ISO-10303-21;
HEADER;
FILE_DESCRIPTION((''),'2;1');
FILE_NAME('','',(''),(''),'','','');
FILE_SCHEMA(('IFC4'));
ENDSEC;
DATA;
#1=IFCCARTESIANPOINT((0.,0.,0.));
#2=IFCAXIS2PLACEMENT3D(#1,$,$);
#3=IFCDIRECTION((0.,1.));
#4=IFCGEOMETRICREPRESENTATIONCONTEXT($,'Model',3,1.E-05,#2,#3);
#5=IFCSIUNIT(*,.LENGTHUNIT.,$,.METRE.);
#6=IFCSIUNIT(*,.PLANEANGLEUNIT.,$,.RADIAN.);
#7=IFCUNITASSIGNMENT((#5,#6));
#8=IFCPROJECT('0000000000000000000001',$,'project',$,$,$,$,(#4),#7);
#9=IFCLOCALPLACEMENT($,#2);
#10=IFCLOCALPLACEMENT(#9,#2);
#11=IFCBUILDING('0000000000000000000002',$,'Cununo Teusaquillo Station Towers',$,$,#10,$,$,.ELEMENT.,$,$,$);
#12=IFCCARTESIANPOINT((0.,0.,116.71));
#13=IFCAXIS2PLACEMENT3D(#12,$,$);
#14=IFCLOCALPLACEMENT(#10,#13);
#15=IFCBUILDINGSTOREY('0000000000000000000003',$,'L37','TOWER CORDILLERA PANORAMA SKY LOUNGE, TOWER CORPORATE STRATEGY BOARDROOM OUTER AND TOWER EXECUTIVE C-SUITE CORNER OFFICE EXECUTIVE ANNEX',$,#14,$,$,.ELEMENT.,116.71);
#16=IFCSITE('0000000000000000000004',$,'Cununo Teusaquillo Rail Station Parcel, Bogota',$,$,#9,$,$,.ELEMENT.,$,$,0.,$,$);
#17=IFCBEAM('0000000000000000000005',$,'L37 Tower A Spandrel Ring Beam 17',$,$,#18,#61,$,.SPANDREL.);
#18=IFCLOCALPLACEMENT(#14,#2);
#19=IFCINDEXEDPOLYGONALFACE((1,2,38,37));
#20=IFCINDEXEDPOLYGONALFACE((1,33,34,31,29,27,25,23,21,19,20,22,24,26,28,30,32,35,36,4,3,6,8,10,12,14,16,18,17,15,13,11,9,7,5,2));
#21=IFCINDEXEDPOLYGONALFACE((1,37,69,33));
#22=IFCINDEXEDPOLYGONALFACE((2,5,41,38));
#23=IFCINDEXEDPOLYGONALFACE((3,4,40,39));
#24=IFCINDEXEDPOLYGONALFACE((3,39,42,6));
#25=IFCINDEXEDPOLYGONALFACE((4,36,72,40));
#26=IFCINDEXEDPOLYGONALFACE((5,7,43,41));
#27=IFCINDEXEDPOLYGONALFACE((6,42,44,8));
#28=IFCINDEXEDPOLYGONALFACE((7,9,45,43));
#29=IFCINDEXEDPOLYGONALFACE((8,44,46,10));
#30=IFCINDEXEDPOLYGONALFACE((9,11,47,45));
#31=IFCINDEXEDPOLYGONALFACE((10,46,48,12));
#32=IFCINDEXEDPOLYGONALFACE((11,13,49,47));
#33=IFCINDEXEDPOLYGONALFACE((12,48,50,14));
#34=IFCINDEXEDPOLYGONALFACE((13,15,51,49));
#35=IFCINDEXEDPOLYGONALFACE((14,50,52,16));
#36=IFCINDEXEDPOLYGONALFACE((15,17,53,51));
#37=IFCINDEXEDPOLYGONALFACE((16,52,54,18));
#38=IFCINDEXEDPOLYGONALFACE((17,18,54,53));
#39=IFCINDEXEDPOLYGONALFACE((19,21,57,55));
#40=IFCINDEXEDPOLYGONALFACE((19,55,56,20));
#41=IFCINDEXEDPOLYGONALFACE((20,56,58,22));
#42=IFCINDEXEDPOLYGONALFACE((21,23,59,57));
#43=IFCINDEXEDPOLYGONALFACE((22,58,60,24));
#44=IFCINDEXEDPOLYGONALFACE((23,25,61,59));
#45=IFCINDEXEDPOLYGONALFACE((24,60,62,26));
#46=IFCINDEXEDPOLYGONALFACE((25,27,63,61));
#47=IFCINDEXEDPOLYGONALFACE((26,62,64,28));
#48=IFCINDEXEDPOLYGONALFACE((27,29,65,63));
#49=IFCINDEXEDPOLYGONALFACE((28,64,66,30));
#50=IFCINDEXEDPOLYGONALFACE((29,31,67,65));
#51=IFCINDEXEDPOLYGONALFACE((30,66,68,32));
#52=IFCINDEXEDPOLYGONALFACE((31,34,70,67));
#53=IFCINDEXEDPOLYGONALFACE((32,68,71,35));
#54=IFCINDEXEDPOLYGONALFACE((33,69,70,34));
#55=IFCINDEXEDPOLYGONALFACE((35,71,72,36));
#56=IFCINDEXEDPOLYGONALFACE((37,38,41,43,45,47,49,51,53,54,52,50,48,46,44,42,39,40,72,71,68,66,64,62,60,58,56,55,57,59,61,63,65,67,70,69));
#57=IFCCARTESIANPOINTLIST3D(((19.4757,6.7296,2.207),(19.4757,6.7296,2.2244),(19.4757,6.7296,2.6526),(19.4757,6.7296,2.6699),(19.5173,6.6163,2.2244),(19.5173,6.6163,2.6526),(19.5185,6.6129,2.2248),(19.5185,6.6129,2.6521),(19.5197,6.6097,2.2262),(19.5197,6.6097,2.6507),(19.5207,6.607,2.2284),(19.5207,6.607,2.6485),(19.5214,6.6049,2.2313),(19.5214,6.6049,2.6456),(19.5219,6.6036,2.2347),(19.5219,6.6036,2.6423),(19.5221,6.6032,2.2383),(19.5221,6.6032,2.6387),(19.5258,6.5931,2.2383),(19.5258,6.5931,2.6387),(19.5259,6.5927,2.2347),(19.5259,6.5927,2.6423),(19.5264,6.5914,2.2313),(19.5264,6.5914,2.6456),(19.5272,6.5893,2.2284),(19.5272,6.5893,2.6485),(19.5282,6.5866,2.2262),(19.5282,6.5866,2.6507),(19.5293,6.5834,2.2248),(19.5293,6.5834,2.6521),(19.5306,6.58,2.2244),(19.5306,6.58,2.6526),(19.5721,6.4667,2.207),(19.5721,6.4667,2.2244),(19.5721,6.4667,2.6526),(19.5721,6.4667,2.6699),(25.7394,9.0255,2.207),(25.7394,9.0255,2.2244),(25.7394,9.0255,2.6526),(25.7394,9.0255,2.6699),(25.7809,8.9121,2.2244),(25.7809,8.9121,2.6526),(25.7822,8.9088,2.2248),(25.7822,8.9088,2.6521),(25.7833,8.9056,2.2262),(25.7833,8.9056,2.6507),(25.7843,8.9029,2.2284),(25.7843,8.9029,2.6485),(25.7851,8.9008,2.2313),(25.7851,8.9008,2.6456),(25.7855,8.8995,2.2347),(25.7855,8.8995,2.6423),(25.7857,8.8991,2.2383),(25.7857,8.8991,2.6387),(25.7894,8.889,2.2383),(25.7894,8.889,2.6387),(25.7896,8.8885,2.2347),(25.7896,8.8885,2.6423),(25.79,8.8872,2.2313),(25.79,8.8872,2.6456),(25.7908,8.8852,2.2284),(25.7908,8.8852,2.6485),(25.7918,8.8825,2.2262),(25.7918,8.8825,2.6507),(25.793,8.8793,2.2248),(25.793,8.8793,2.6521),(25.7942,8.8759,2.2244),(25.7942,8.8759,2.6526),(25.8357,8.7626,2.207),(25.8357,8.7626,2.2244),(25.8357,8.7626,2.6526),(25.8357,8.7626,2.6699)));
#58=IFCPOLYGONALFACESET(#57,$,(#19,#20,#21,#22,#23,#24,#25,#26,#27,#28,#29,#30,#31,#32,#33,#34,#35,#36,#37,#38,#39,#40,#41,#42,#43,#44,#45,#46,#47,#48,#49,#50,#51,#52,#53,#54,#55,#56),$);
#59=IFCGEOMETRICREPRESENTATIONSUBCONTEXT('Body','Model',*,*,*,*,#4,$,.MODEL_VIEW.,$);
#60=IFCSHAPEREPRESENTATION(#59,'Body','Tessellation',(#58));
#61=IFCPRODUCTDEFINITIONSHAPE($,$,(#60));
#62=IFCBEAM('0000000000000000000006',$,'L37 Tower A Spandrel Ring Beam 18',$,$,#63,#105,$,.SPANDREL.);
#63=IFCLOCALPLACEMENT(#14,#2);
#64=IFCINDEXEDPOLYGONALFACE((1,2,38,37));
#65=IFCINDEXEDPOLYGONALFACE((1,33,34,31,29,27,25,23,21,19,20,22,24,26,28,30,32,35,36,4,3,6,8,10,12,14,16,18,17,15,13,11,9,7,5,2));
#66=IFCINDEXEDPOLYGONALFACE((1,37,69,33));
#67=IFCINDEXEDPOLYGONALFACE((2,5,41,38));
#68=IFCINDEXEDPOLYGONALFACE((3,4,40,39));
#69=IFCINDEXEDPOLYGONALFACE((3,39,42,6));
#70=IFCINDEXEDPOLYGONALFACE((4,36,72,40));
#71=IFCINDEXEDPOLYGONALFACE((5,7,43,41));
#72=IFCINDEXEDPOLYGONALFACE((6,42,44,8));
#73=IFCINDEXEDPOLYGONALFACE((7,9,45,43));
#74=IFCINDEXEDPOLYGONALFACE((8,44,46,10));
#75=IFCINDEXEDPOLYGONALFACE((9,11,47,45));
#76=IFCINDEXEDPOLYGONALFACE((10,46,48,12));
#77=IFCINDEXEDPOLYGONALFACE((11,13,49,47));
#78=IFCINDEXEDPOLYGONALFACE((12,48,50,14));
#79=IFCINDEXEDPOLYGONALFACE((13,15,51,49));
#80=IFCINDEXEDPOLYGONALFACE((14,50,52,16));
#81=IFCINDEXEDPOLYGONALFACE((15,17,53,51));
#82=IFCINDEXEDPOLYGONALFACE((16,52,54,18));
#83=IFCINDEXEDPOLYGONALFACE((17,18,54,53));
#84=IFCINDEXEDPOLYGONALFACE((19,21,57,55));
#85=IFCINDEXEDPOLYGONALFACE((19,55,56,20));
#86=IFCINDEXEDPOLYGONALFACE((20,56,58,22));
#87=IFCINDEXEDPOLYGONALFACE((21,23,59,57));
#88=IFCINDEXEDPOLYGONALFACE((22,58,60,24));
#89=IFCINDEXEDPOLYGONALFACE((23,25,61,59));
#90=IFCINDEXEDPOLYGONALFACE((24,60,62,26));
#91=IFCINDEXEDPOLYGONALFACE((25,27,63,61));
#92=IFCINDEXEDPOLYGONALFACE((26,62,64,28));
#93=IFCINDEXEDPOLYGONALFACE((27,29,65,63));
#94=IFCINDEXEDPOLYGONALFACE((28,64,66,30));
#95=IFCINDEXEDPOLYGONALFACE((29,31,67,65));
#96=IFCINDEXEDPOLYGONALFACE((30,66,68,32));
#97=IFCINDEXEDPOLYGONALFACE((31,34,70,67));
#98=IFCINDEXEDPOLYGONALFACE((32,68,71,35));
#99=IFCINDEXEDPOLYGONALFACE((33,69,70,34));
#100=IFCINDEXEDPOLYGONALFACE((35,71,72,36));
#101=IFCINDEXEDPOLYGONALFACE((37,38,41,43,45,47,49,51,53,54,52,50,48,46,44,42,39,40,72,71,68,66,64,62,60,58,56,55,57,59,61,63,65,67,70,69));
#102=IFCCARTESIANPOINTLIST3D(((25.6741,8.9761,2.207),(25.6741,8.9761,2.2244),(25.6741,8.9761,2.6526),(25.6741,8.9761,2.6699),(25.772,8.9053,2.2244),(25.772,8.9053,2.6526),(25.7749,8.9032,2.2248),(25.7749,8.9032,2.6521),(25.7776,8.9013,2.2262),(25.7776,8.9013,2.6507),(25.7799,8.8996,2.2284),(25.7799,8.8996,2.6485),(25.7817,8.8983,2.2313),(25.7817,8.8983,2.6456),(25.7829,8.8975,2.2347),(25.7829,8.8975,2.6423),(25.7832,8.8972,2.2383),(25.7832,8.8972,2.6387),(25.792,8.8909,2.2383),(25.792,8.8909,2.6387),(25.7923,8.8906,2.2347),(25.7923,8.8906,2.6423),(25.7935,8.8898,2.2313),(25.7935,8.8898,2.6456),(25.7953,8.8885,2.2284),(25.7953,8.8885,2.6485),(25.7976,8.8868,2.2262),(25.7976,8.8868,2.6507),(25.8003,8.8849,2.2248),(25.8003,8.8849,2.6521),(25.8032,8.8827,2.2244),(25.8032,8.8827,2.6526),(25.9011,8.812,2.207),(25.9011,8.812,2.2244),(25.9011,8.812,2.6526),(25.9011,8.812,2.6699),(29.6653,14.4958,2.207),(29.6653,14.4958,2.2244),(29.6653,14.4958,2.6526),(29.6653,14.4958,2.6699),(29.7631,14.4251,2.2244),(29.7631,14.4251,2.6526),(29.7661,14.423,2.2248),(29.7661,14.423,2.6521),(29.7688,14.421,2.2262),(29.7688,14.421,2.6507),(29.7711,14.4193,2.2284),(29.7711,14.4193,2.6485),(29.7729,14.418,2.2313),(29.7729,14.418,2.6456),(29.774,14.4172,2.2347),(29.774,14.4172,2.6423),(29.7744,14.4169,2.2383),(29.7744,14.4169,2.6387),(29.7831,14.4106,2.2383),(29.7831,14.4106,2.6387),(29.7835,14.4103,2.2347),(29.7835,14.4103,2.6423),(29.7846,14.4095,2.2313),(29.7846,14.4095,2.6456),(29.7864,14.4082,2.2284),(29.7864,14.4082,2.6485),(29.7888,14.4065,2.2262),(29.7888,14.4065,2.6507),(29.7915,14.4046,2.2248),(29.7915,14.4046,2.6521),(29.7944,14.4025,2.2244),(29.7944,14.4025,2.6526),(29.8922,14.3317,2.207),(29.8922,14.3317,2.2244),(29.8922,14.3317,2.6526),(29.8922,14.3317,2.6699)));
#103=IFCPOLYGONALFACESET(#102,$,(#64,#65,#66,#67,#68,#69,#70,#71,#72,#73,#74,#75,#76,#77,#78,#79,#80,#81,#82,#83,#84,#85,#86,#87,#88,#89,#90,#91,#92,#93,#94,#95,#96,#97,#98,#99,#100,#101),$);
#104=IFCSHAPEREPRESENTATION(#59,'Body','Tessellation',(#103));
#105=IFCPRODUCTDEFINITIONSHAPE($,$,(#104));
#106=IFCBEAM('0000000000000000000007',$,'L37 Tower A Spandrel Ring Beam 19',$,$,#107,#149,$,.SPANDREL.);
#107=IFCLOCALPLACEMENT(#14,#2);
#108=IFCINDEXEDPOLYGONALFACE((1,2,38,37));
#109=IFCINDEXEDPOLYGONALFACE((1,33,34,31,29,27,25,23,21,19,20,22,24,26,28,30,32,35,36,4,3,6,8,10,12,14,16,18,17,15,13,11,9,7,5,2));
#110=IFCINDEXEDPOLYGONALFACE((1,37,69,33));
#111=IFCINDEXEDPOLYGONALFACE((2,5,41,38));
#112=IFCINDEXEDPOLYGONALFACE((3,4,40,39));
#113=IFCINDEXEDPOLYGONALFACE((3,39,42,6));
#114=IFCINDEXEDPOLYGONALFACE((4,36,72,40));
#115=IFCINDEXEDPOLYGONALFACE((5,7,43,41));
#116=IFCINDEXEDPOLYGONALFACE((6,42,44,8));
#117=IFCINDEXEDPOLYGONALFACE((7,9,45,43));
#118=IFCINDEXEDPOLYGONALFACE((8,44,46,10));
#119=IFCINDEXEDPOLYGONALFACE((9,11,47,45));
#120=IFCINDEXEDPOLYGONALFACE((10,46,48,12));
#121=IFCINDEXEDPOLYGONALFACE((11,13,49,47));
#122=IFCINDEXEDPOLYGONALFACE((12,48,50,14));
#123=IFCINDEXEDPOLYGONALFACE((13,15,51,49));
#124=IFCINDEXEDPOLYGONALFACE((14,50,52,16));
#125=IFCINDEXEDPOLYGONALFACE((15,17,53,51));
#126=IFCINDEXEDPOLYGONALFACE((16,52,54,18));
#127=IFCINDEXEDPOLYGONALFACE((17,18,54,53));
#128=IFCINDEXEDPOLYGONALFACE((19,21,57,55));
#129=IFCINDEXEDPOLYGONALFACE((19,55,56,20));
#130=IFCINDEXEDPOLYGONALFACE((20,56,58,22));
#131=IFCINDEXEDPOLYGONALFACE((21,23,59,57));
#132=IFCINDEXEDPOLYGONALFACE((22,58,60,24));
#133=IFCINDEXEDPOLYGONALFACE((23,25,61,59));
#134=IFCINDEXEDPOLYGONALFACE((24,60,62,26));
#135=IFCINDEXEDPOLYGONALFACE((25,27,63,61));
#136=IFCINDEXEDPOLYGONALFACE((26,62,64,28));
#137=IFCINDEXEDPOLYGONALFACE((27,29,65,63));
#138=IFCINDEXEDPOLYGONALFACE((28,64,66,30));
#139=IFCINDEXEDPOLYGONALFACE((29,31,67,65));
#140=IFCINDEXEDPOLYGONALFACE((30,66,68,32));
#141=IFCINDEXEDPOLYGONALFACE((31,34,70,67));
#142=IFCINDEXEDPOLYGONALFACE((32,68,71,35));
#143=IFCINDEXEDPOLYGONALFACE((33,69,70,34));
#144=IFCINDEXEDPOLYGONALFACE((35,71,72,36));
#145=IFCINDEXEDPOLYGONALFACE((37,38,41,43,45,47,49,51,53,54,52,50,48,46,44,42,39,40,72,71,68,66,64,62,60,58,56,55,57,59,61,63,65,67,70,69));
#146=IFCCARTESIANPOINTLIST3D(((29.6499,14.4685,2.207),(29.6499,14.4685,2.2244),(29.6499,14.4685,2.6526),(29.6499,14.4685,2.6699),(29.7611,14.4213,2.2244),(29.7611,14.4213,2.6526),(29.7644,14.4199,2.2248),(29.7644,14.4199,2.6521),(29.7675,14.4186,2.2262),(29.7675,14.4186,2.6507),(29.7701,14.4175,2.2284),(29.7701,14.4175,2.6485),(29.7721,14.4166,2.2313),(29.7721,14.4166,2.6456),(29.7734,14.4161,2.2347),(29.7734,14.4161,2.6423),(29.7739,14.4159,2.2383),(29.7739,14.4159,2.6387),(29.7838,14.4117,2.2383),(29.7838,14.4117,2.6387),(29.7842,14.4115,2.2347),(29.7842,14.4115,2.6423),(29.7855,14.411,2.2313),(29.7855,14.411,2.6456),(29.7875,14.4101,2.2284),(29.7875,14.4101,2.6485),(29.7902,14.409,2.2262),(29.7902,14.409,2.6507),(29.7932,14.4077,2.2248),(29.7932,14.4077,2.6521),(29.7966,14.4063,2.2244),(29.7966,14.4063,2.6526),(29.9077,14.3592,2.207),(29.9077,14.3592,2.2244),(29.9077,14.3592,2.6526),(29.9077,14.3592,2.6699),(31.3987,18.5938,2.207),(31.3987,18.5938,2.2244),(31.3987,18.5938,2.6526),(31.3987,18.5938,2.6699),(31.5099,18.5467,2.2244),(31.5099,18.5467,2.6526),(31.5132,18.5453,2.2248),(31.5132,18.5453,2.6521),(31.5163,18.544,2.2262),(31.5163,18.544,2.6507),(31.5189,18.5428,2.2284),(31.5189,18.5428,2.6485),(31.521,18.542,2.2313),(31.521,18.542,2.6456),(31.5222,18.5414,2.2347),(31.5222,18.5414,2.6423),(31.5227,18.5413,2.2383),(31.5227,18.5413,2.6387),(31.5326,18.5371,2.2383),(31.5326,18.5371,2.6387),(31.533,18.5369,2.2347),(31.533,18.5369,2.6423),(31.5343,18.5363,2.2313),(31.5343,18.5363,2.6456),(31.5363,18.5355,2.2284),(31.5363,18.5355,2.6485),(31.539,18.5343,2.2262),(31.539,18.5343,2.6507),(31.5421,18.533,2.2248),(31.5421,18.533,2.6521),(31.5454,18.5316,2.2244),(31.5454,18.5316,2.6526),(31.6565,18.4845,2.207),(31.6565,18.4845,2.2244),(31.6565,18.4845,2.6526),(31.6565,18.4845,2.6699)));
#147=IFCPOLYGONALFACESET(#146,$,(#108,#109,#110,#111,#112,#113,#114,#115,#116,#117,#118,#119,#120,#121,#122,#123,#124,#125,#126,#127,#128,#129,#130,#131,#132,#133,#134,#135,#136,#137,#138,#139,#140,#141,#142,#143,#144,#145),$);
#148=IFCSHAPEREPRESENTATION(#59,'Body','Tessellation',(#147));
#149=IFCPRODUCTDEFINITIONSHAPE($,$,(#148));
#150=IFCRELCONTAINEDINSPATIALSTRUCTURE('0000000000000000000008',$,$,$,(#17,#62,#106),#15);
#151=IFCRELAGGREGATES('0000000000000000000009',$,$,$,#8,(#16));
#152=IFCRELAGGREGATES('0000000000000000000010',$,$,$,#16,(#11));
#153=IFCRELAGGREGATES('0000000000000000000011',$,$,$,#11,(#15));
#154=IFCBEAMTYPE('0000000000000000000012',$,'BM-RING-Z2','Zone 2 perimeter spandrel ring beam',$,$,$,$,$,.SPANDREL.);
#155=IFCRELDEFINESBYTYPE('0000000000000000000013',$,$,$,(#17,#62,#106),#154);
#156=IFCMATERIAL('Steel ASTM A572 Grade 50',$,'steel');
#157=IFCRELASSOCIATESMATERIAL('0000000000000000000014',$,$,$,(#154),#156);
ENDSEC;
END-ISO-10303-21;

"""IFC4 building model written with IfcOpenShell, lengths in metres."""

from ifc_helpers import new_model, si_unit, direction, frame, origin, origin_2d, place, context, subcontext, project, spatial, i_section, extrude, material, material_profile, profile_set, type_object, element, save


model = new_model("IFC4")

# Units and contexts
model_context = context("Model", 3, precision=1e-05, world=origin(), true_north=direction((0.0, 1.0)))
body_context = subcontext(model_context, "Body", "Model", "MODEL_VIEW")
ifc_project = project(units=[si_unit("LENGTHUNIT", "METRE"), si_unit("PLANEANGLEUNIT", "RADIAN")], contexts=[model_context])

# Site, building, storey
site_placement = place(None, origin())
site = spatial("IfcSite", under=ifc_project, at=site_placement, Name="Cununo Teusaquillo Rail Station Parcel, Bogota", CompositionType="ELEMENT", RefElevation=0.0)
building_placement = place(site_placement, origin())
building = spatial("IfcBuilding", under=site, at=building_placement, Name="Cununo Teusaquillo Station Towers", CompositionType="ELEMENT")
storey_placement = place(building_placement, frame((0.0, 0.0, 116.71)))
storey = spatial("IfcBuildingStorey", under=building, at=storey_placement, Name="L37", Description="TOWER CORDILLERA PANORAMA SKY LOUNGE, TOWER CORPORATE STRATEGY BOARDROOM OUTER AND TOWER EXECUTIVE C-SUITE CORNER OFFICE EXECUTIVE ANNEX", CompositionType="ELEMENT", Elevation=116.71)

# Beams
ifc_material_1 = material(Name="Steel ASTM A572 Grade 50", Category="steel")
ifc_material_profile_1 = material_profile(ifc_material_1, i_section(OverallWidth=0.28, OverallDepth=0.4629, WebThickness=0.0107, FlangeThickness=0.0173, FilletRadius=0.0139, at=origin_2d()), Name="W18X76")
ifc_profile_set_1 = profile_set([ifc_material_profile_1], Name="Steel ASTM A572 Grade 50")
beam_type_1 = type_object("IfcBeamType", Name="BM-RING-Z2", Description="Zone 2 perimeter spandrel ring beam", PredefinedType="SPANDREL", material=ifc_profile_set_1)
beam_1_placement = place(storey_placement, frame((19.5239, 6.5981, 2.4385), z_axis=(0.938914, 0.344151, 0.0), x_axis=(-0.344151, 0.938914, 0.0)))
element("IfcBeam", 1, at=beam_1_placement, inside=storey, type_object=beam_type_1, Name="L37 Tower A Spandrel Ring Beam 17", PredefinedType="SPANDREL", context=body_context, shape_type="SweptSolid", body=[
    extrude(i_section(OverallWidth=0.28, OverallDepth=0.4629, WebThickness=0.0107, FlangeThickness=0.0173, FilletRadius=0.0139, at=origin_2d()), origin(), (0.0, 0.0, 1.0), 6.6711),
])
beam_2_placement = place(storey_placement, frame((25.7876, 8.894, 2.4385), z_axis=(0.585945, 0.810351, 0.0), x_axis=(-0.810351, 0.585945, 0.0)))
element("IfcBeam", 2, at=beam_2_placement, inside=storey, type_object=beam_type_1, Name="L37 Tower A Spandrel Ring Beam 18", PredefinedType="SPANDREL", context=body_context, shape_type="SweptSolid", body=[
    extrude(i_section(OverallWidth=0.28, OverallDepth=0.4629, WebThickness=0.0107, FlangeThickness=0.0173, FilletRadius=0.0139, at=origin_2d()), origin(), (0.0, 0.0, 1.0), 6.8115),
])
beam_3_placement = place(storey_placement, frame((29.7788, 14.4138, 2.4385), z_axis=(0.390299, 0.920688, 0.0), x_axis=(-0.920688, 0.390299, 0.0)))
element("IfcBeam", 3, at=beam_3_placement, inside=storey, type_object=beam_type_1, Name="L37 Tower A Spandrel Ring Beam 19", PredefinedType="SPANDREL", context=body_context, shape_type="SweptSolid", body=[
    extrude(i_section(OverallWidth=0.28, OverallDepth=0.4629, WebThickness=0.0107, FlangeThickness=0.0173, FilletRadius=0.0139, at=origin_2d()), origin(), (0.0, 0.0, 1.0), 4.4807),
])

save(model, "model.ifc")
